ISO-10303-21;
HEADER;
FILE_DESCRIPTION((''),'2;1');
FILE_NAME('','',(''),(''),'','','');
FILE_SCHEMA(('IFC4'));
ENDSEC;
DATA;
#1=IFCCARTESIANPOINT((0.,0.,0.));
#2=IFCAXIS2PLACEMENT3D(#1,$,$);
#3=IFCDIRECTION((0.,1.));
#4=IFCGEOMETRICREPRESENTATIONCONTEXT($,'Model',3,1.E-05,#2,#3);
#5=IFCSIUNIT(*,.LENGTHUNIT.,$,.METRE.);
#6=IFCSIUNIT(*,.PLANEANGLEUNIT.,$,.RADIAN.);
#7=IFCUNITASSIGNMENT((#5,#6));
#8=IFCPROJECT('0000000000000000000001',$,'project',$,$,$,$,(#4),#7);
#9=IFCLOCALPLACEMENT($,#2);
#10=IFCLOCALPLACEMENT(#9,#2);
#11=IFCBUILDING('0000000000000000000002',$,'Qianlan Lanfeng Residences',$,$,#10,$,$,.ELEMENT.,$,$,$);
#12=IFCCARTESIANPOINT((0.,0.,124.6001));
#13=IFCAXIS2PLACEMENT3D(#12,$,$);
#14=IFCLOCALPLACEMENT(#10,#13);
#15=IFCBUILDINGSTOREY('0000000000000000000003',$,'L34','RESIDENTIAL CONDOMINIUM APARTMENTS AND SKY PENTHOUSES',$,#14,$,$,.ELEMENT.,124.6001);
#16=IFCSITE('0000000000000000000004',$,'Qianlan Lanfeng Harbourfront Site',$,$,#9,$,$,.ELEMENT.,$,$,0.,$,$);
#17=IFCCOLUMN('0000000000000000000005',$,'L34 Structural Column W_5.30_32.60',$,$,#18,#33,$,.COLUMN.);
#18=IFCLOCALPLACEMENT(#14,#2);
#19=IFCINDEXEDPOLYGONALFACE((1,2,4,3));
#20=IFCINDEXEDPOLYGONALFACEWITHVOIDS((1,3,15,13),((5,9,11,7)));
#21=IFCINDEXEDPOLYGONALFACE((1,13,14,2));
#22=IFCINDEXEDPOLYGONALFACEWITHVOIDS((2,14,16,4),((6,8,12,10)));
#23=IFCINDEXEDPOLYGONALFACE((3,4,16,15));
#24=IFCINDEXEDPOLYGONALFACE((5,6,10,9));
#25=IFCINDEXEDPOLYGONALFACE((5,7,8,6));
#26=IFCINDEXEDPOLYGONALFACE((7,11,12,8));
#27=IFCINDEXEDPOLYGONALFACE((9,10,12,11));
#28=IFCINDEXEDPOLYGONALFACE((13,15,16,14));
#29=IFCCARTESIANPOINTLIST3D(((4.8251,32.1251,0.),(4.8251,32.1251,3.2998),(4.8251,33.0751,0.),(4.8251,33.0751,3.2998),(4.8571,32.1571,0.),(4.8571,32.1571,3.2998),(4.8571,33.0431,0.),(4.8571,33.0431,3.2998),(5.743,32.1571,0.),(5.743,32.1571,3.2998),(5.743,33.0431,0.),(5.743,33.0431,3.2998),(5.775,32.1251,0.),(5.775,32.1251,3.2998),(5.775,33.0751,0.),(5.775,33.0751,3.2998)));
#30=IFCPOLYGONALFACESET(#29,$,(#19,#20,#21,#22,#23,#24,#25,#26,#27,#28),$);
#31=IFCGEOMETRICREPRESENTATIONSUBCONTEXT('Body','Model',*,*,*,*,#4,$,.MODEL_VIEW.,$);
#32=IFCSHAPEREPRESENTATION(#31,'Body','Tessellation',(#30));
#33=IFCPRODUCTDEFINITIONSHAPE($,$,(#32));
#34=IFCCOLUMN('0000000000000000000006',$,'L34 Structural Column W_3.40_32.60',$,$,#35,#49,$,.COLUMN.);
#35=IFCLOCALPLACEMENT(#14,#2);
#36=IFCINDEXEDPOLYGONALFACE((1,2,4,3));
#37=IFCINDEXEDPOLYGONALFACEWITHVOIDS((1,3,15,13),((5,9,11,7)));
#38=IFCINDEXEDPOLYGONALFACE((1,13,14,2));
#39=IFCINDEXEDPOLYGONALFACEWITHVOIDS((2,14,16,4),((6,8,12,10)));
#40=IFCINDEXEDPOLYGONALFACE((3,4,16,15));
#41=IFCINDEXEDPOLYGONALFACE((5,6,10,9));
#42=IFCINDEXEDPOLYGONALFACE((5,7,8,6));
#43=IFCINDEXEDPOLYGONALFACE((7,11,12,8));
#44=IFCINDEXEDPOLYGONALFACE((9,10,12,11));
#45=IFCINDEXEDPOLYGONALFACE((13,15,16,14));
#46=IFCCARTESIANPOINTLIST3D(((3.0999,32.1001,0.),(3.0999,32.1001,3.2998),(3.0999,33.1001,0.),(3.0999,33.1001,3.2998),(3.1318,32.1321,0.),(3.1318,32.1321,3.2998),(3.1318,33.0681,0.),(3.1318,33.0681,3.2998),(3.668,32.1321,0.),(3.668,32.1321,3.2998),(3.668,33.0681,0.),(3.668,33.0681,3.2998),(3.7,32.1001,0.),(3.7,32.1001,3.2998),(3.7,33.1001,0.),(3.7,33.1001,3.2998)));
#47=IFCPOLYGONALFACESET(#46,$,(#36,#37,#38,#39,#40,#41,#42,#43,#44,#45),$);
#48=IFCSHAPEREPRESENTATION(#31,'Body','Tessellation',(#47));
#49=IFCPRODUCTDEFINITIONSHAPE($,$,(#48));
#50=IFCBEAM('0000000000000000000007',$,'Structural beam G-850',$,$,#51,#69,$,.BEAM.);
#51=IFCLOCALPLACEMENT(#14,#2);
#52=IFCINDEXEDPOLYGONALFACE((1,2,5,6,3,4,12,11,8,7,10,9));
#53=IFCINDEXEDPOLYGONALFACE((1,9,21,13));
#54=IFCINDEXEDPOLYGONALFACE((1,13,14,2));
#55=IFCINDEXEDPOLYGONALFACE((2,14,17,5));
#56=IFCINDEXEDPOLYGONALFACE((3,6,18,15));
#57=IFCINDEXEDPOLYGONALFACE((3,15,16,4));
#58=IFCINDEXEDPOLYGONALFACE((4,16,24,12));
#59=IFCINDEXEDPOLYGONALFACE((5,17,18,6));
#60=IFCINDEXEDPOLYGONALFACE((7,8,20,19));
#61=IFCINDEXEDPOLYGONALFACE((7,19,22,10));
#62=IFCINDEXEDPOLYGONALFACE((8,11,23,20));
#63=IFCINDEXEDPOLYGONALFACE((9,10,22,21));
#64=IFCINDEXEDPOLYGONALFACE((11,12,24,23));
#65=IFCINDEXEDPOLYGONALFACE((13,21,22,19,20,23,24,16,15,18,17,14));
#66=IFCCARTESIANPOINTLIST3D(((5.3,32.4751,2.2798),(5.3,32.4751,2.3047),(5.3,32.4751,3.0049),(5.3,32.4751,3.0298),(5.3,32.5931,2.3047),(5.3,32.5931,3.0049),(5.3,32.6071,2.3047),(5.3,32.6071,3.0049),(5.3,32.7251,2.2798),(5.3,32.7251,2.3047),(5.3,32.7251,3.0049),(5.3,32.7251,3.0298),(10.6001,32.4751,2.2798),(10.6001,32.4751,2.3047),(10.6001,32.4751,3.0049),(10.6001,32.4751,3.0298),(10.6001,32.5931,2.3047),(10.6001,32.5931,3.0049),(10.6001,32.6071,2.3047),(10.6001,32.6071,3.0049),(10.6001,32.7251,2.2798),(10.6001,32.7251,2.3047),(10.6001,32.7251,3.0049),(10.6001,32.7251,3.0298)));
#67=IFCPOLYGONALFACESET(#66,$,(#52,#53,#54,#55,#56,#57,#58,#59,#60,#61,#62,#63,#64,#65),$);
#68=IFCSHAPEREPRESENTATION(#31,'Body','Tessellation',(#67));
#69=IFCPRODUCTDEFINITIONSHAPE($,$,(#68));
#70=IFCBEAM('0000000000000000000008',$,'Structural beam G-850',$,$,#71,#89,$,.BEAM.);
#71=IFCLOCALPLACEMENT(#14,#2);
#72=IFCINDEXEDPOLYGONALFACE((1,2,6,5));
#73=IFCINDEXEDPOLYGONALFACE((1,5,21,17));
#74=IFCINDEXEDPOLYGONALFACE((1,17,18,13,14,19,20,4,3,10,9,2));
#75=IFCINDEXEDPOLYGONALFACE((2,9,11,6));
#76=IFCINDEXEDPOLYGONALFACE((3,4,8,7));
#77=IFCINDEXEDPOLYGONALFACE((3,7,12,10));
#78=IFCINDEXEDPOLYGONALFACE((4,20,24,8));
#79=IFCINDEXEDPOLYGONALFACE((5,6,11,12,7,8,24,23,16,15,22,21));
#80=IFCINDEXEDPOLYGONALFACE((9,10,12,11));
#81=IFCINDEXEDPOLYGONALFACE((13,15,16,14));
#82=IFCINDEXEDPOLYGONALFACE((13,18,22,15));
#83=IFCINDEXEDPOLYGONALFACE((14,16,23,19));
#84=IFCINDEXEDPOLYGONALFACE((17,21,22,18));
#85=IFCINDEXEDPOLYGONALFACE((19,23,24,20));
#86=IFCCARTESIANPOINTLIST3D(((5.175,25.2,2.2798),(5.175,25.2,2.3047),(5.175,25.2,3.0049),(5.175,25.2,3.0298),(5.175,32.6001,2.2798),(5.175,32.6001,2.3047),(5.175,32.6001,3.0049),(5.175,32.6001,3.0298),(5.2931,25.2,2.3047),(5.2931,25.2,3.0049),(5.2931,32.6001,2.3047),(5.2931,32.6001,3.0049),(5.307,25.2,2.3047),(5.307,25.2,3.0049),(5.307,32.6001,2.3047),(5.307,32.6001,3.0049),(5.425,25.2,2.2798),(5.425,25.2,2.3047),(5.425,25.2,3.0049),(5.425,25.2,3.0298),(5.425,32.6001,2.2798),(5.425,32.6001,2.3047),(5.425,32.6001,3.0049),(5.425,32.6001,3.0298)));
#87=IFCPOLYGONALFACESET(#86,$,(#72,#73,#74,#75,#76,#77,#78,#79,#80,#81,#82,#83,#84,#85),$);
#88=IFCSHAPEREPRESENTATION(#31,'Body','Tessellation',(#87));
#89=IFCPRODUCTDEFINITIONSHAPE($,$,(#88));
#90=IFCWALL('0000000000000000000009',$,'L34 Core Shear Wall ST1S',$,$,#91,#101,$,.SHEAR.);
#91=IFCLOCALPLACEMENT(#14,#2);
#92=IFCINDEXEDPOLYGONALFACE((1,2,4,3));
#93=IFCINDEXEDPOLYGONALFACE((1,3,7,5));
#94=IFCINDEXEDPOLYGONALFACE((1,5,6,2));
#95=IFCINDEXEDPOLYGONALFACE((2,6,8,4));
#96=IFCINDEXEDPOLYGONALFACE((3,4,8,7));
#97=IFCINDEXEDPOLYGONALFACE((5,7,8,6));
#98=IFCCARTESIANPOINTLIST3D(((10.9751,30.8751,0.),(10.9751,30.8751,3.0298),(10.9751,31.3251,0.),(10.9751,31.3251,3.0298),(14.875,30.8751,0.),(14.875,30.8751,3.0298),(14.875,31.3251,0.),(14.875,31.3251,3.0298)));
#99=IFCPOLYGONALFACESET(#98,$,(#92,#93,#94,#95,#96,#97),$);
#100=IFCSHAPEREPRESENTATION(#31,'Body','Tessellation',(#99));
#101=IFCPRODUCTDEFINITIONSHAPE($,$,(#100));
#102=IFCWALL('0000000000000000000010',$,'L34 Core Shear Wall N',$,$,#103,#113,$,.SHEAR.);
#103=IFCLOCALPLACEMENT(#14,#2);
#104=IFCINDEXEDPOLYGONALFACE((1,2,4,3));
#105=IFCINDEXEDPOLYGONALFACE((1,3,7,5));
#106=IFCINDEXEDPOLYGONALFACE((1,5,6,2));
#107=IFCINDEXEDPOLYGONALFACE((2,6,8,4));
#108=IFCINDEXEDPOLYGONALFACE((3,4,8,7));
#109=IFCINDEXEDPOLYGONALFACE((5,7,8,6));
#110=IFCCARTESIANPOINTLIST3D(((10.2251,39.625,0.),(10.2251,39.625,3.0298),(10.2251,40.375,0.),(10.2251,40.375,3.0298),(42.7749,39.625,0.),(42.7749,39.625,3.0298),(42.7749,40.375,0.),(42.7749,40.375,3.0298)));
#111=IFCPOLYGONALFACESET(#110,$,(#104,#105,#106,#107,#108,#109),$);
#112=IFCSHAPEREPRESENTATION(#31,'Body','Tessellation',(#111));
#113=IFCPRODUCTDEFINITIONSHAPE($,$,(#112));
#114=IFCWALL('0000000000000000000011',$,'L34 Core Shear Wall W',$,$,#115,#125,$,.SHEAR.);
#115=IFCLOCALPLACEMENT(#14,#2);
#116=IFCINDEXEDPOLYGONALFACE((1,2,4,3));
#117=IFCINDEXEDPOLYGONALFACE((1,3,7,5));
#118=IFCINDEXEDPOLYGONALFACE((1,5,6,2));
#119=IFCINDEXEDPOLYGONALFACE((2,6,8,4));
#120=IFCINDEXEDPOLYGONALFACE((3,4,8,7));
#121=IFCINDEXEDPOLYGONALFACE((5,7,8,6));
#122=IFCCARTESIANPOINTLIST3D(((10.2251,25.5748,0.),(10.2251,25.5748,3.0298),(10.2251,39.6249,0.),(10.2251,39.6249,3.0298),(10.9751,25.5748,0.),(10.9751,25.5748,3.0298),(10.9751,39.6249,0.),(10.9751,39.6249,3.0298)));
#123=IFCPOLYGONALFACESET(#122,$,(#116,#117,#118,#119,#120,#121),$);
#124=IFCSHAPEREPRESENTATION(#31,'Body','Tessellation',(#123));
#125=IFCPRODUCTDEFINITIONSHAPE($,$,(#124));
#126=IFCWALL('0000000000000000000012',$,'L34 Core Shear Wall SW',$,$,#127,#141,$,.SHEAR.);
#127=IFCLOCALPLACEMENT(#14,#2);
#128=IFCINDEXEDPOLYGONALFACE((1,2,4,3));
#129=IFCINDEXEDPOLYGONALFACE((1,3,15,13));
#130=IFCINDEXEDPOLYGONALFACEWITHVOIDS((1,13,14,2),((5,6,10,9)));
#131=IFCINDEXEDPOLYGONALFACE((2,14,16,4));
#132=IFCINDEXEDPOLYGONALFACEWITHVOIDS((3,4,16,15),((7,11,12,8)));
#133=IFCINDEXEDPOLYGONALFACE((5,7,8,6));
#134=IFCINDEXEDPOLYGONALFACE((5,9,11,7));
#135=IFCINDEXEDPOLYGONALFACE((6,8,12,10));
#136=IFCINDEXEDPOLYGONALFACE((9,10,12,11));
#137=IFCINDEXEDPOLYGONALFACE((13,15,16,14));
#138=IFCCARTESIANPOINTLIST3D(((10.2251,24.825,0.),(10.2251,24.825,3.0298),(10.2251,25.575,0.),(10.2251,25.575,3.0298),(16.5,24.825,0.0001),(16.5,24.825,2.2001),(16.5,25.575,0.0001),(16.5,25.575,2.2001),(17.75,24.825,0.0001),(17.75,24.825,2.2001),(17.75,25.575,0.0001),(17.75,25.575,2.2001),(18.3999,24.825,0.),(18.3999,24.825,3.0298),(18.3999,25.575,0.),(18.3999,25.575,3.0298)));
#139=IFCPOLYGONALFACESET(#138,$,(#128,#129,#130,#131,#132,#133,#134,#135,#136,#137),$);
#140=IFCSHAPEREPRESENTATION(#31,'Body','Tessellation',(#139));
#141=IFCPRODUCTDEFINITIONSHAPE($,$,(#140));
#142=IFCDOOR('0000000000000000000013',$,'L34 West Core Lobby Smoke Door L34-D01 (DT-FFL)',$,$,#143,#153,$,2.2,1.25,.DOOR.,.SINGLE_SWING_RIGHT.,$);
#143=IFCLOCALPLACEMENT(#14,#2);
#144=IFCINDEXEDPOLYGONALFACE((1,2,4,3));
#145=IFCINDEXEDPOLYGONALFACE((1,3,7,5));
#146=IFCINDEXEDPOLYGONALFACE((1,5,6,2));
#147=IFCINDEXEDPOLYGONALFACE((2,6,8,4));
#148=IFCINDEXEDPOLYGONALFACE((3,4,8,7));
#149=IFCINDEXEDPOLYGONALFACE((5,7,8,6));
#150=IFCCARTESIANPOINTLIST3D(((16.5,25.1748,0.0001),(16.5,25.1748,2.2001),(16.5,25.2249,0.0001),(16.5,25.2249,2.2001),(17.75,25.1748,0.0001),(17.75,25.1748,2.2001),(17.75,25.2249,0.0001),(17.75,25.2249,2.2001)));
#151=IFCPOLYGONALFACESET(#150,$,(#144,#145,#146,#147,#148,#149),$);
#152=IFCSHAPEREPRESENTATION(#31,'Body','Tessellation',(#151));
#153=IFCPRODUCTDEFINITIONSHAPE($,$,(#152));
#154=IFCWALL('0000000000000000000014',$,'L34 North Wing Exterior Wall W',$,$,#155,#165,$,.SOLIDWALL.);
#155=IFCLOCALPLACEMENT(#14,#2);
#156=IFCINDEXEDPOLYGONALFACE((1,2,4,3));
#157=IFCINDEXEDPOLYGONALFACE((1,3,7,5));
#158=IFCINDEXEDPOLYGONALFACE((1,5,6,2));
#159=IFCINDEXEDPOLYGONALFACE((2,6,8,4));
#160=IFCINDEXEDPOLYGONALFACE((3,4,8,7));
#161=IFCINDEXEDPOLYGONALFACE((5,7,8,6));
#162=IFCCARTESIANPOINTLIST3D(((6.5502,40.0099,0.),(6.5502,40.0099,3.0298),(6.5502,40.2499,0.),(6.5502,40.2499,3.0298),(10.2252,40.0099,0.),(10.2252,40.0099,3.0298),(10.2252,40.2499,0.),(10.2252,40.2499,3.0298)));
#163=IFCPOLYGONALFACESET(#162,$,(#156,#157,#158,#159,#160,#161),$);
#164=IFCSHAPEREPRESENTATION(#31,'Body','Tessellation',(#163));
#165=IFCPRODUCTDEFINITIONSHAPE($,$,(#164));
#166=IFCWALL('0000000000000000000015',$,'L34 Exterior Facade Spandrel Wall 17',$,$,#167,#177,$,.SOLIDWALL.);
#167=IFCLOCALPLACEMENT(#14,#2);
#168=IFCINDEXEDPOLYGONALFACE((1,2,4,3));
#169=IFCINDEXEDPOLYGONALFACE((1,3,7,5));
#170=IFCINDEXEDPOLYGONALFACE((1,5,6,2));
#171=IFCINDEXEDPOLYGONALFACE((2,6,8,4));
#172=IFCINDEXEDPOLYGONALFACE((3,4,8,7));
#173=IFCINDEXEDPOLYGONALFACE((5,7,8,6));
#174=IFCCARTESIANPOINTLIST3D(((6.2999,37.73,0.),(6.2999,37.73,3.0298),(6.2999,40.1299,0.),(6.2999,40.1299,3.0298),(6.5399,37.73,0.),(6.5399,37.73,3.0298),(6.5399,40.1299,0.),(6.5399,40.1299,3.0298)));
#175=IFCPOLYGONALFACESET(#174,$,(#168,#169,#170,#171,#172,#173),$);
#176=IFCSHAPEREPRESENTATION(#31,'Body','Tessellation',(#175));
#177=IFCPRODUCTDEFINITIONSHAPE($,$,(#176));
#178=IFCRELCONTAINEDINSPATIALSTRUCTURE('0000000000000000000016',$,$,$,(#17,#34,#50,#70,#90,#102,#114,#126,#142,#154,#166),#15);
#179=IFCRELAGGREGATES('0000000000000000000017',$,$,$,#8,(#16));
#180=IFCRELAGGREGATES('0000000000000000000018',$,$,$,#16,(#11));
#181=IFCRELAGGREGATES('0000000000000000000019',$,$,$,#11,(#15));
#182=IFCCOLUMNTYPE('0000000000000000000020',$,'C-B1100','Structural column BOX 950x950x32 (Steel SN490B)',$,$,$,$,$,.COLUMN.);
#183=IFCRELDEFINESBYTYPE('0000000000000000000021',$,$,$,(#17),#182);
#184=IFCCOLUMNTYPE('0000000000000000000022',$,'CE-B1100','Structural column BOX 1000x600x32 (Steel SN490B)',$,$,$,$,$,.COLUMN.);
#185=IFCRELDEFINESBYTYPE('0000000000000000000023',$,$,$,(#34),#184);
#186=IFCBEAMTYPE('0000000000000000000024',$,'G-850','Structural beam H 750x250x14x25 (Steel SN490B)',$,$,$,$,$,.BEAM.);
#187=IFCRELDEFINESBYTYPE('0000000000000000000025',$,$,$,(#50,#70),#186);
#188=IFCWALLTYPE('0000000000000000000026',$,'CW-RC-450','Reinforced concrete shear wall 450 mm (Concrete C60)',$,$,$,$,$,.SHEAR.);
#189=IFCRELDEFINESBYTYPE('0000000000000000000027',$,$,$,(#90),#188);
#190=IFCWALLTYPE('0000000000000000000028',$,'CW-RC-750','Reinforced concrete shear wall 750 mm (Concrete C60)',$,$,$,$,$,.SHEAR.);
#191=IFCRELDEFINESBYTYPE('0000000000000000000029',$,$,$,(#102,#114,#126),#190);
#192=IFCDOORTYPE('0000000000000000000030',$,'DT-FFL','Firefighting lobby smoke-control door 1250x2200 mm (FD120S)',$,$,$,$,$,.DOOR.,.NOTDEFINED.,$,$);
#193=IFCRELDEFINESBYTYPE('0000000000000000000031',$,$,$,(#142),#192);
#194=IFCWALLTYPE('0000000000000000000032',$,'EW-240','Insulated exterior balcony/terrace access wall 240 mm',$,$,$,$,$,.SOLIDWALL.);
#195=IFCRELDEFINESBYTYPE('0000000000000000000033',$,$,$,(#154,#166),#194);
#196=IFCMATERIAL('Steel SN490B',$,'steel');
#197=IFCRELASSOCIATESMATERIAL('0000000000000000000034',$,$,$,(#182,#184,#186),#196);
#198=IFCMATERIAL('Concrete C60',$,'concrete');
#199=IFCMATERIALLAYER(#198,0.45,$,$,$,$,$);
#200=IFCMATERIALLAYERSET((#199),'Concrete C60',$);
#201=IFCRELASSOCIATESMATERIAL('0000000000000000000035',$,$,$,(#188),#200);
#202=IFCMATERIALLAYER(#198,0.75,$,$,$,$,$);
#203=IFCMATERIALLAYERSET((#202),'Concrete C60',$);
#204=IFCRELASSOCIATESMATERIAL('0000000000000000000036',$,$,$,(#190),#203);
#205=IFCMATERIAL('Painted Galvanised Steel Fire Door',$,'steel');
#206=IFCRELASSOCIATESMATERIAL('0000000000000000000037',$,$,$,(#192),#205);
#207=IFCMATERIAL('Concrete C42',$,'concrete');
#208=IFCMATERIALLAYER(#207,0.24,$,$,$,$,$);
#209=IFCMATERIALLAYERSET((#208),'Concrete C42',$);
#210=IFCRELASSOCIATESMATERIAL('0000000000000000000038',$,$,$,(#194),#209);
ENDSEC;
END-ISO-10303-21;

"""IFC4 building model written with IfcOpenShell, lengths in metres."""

from ifc_helpers import new_model, si_unit, direction, frame, frame_2d, origin, origin_2d, place, context, subcontext, project, spatial, rectangle, hollow_rectangle, i_section, extrude, material, layer, layer_set, material_profile, profile_set, type_object, element, fill, save


model = new_model("IFC4")

# Units and contexts
model_context = context("Model", 3, precision=1e-05, world=origin(), true_north=direction((0.0, 1.0)))
body_context = subcontext(model_context, "Body", "Model", "MODEL_VIEW")
ifc_project = project(units=[si_unit("LENGTHUNIT", "METRE"), si_unit("PLANEANGLEUNIT", "RADIAN")], contexts=[model_context])

# Site, building, storey
site_placement = place(None, origin())
site = spatial("IfcSite", under=ifc_project, at=site_placement, Name="Qianlan Lanfeng Harbourfront Site", CompositionType="ELEMENT", RefElevation=0.0)
building_placement = place(site_placement, origin())
building = spatial("IfcBuilding", under=site, at=building_placement, Name="Qianlan Lanfeng Residences", CompositionType="ELEMENT")
storey_placement = place(building_placement, frame((0.0, 0.0, 124.6001)))
storey = spatial("IfcBuildingStorey", under=building, at=storey_placement, Name="L34", Description="RESIDENTIAL CONDOMINIUM APARTMENTS AND SKY PENTHOUSES", CompositionType="ELEMENT", Elevation=124.6001)

# Columns
ifc_material_1 = material(Name="Steel SN490B", Category="steel")
ifc_material_profile_1 = material_profile(ifc_material_1, hollow_rectangle(XDim=0.95, YDim=0.95, WallThickness=0.032, at=origin_2d()), Name="BOX 950x950x32")
ifc_profile_set_1 = profile_set([ifc_material_profile_1], Name="Steel SN490B")
column_type_1 = type_object("IfcColumnType", Name="C-B1100", Description="Structural column BOX 950x950x32 (Steel SN490B)", PredefinedType="COLUMN", material=ifc_profile_set_1)
column_1_placement = place(storey_placement, frame((5.3, 32.6001, 0.0), z_axis=(0.0, 0.0, 1.0), x_axis=(1.0, 0.0, 0.0)))
element("IfcColumn", 1, at=column_1_placement, inside=storey, type_object=column_type_1, Name="L34 Structural Column W_5.30_32.60", PredefinedType="COLUMN", context=body_context, shape_type="SweptSolid", body=[
    extrude(hollow_rectangle(XDim=0.95, YDim=0.95, WallThickness=0.032, at=origin_2d()), origin(), (0.0, 0.0, 1.0), 3.2998),
])
ifc_material_profile_2 = material_profile(ifc_material_1, hollow_rectangle(XDim=0.6001, YDim=1.0, WallThickness=0.032, at=origin_2d()), Name="BOX 1000x600x32")
ifc_profile_set_2 = profile_set([ifc_material_profile_2], Name="Steel SN490B")
column_type_2 = type_object("IfcColumnType", Name="CE-B1100", Description="Structural column BOX 1000x600x32 (Steel SN490B)", PredefinedType="COLUMN", material=ifc_profile_set_2)
column_2_placement = place(storey_placement, frame((3.3999, 32.6001, 0.0), z_axis=(0.0, 0.0, 1.0), x_axis=(1.0, 0.0, 0.0)))
element("IfcColumn", 2, at=column_2_placement, inside=storey, type_object=column_type_2, Name="L34 Structural Column W_3.40_32.60", PredefinedType="COLUMN", context=body_context, shape_type="SweptSolid", body=[
    extrude(hollow_rectangle(XDim=0.6001, YDim=1.0, WallThickness=0.032, at=origin_2d()), origin(), (0.0, 0.0, 1.0), 3.2998),
])

# Beams
ifc_material_profile_3 = material_profile(ifc_material_1, i_section(OverallWidth=0.25, OverallDepth=0.75, WebThickness=0.0139, FlangeThickness=0.0249, at=origin_2d()), Name="H 750x250x14x25")
ifc_profile_set_3 = profile_set([ifc_material_profile_3], Name="Steel SN490B")
beam_type = type_object("IfcBeamType", Name="G-850", Description="Structural beam H 750x250x14x25 (Steel SN490B)", PredefinedType="BEAM", material=ifc_profile_set_3)
beam_1_placement = place(storey_placement, frame((5.3, 32.6001, 2.6548), z_axis=(1.0, 0.0, 0.0), x_axis=(0.0, 1.0, 0.0)))
element("IfcBeam", 3, at=beam_1_placement, inside=storey, type_object=beam_type, Name="Structural beam G-850", PredefinedType="BEAM", context=body_context, shape_type="SweptSolid", body=[
    extrude(i_section(OverallWidth=0.25, OverallDepth=0.75, WebThickness=0.0139, FlangeThickness=0.0249, at=origin_2d()), origin(), (0.0, 0.0, 1.0), 5.3),
])
beam_2_placement = place(storey_placement, frame((5.3, 25.2, 2.6548), z_axis=(0.0, 1.0, 0.0), x_axis=(-1.0, 0.0, 0.0)))
element("IfcBeam", 4, at=beam_2_placement, inside=storey, type_object=beam_type, Name="Structural beam G-850", PredefinedType="BEAM", context=body_context, shape_type="SweptSolid", body=[
    extrude(i_section(OverallWidth=0.25, OverallDepth=0.75, WebThickness=0.0139, FlangeThickness=0.0249, at=origin_2d()), origin(), (0.0, 0.0, 1.0), 7.4001),
])

# Walls
ifc_material_2 = material(Name="Concrete C60", Category="concrete")
ifc_layer_1 = layer(ifc_material_2, 0.45)
ifc_layer_set_1 = layer_set([ifc_layer_1], Name="Concrete C60")
wall_type_1 = type_object("IfcWallType", Name="CW-RC-450", Description="Reinforced concrete shear wall 450 mm (Concrete C60)", PredefinedType="SHEAR", material=ifc_layer_set_1)
wall_1_placement = place(storey_placement, frame((10.9751, 31.1001, 0.0), z_axis=(0.0, 0.0, 1.0), x_axis=(1.0, 0.0, 0.0)))
element("IfcWall", 5, at=wall_1_placement, inside=storey, type_object=wall_type_1, Name="L34 Core Shear Wall ST1S", PredefinedType="SHEAR", context=body_context, shape_type="SweptSolid", body=[
    extrude(rectangle(XDim=3.8999, YDim=0.45, at=frame_2d((1.95, 0.0))), origin(), (0.0, 0.0, 1.0), 3.0298),
])
ifc_layer_2 = layer(ifc_material_2, 0.75)
ifc_layer_set_2 = layer_set([ifc_layer_2], Name="Concrete C60")
wall_type_2 = type_object("IfcWallType", Name="CW-RC-750", Description="Reinforced concrete shear wall 750 mm (Concrete C60)", PredefinedType="SHEAR", material=ifc_layer_set_2)
wall_2_placement = place(storey_placement, frame((10.2251, 40.0, 0.0), z_axis=(0.0, 0.0, 1.0), x_axis=(1.0, 0.0, 0.0)))
element("IfcWall", 6, at=wall_2_placement, inside=storey, type_object=wall_type_2, Name="L34 Core Shear Wall N", PredefinedType="SHEAR", context=body_context, shape_type="SweptSolid", body=[
    extrude(rectangle(XDim=32.5498, YDim=0.75, at=frame_2d((16.2749, 0.0))), origin(), (0.0, 0.0, 1.0), 3.0298),
])
wall_3_placement = place(storey_placement, frame((10.6001, 25.575, 0.0), z_axis=(0.0, 0.0, 1.0), x_axis=(0.0, 1.0, 0.0)))
element("IfcWall", 7, at=wall_3_placement, inside=storey, type_object=wall_type_2, Name="L34 Core Shear Wall W", PredefinedType="SHEAR", context=body_context, shape_type="SweptSolid", body=[
    extrude(rectangle(XDim=14.05, YDim=0.75, at=frame_2d((7.0249, 0.0))), origin(), (0.0, 0.0, 1.0), 3.0298),
])

# Wall, opening, door
wall_4_placement = place(storey_placement, frame((10.2251, 25.2, 0.0), z_axis=(0.0, 0.0, 1.0), x_axis=(1.0, 0.0, 0.0)))
wall_4 = element("IfcWall", 8, at=wall_4_placement, inside=storey, type_object=wall_type_2, Name="L34 Core Shear Wall SW", PredefinedType="SHEAR", context=body_context, shape_type="SweptSolid", body=[
    extrude(rectangle(XDim=8.1748, YDim=0.75, at=frame_2d((4.0874, 0.0))), origin(), (0.0, 0.0, 1.0), 3.0298),
])
opening_placement = place(wall_4_placement, frame((6.2749, 0.0, 0.0)))
opening = element("IfcOpeningElement", 9, at=opening_placement, cuts=wall_4, PredefinedType="OPENING", context=body_context, shape_type="SweptSolid", body=[
    extrude(rectangle(XDim=1.25, YDim=2.2, at=frame_2d((0.625, 1.1001))), frame((0.0, 0.385, 0.0), z_axis=(0.0, -1.0, 0.0), x_axis=(1.0, 0.0, 0.0)), (0.0, 0.0, 1.0), 0.77),
])
ifc_material_3 = material(Name="Painted Galvanised Steel Fire Door", Category="steel")
door_type = type_object("IfcDoorType", Name="DT-FFL", Description="Firefighting lobby smoke-control door 1250x2200 mm (FD120S)", OperationType="NOTDEFINED", PredefinedType="DOOR", material=ifc_material_3)
door_placement = place(opening_placement, origin())
door = element("IfcDoor", 10, at=door_placement, inside=storey, type_object=door_type, Name="L34 West Core Lobby Smoke Door L34-D01 (DT-FFL)", OperationType="SINGLE_SWING_RIGHT", OverallHeight=2.2, OverallWidth=1.25, PredefinedType="DOOR", context=body_context, shape_type="SweptSolid", body=[
    extrude(rectangle(XDim=1.25, YDim=2.2, at=frame_2d((0.625, 1.1001))), frame((0.0, 0.0249, 0.0), z_axis=(0.0, -1.0, 0.0), x_axis=(1.0, 0.0, 0.0)), (0.0, 0.0, 1.0), 0.05),
])
fill(opening, door)

# Walls
ifc_material_4 = material(Name="Concrete C42", Category="concrete")
ifc_layer_3 = layer(ifc_material_4, 0.24)
ifc_layer_set_3 = layer_set([ifc_layer_3], Name="Concrete C42")
wall_type_3 = type_object("IfcWallType", Name="EW-240", Description="Insulated exterior balcony/terrace access wall 240 mm", PredefinedType="SOLIDWALL", material=ifc_layer_set_3)
wall_5_placement = place(storey_placement, frame((10.2251, 40.1299, 0.0), z_axis=(0.0, 0.0, 1.0), x_axis=(-1.0, 0.0, 0.0)))
element("IfcWall", 11, at=wall_5_placement, inside=storey, type_object=wall_type_3, Name="L34 North Wing Exterior Wall W", PredefinedType="SOLIDWALL", context=body_context, shape_type="SweptSolid", body=[
    extrude(rectangle(XDim=3.675, YDim=0.24, at=frame_2d((1.8374, 0.0))), origin(), (0.0, 0.0, 1.0), 3.0298),
])
for number, where, z_axis, x_axis, name in (
    (12, (6.4199, 40.1299, 0.0), (0.0, 0.0, 1.0), (0.0, -1.0, 0.0), "L34 Exterior Facade Spandrel Wall 17"),
):
    element("IfcWall", number, at=place(storey_placement, frame(where, z_axis=z_axis, x_axis=x_axis)), inside=storey, type_object=wall_type_3, Name=name, PredefinedType="SOLIDWALL", context=body_context, shape_type="SweptSolid", body=[
        extrude(rectangle(XDim=2.3999, YDim=0.24, at=frame_2d((1.2, 0.0))), origin(), (0.0, 0.0, 1.0), 3.0298),
    ])

save(model, "model.ifc")
